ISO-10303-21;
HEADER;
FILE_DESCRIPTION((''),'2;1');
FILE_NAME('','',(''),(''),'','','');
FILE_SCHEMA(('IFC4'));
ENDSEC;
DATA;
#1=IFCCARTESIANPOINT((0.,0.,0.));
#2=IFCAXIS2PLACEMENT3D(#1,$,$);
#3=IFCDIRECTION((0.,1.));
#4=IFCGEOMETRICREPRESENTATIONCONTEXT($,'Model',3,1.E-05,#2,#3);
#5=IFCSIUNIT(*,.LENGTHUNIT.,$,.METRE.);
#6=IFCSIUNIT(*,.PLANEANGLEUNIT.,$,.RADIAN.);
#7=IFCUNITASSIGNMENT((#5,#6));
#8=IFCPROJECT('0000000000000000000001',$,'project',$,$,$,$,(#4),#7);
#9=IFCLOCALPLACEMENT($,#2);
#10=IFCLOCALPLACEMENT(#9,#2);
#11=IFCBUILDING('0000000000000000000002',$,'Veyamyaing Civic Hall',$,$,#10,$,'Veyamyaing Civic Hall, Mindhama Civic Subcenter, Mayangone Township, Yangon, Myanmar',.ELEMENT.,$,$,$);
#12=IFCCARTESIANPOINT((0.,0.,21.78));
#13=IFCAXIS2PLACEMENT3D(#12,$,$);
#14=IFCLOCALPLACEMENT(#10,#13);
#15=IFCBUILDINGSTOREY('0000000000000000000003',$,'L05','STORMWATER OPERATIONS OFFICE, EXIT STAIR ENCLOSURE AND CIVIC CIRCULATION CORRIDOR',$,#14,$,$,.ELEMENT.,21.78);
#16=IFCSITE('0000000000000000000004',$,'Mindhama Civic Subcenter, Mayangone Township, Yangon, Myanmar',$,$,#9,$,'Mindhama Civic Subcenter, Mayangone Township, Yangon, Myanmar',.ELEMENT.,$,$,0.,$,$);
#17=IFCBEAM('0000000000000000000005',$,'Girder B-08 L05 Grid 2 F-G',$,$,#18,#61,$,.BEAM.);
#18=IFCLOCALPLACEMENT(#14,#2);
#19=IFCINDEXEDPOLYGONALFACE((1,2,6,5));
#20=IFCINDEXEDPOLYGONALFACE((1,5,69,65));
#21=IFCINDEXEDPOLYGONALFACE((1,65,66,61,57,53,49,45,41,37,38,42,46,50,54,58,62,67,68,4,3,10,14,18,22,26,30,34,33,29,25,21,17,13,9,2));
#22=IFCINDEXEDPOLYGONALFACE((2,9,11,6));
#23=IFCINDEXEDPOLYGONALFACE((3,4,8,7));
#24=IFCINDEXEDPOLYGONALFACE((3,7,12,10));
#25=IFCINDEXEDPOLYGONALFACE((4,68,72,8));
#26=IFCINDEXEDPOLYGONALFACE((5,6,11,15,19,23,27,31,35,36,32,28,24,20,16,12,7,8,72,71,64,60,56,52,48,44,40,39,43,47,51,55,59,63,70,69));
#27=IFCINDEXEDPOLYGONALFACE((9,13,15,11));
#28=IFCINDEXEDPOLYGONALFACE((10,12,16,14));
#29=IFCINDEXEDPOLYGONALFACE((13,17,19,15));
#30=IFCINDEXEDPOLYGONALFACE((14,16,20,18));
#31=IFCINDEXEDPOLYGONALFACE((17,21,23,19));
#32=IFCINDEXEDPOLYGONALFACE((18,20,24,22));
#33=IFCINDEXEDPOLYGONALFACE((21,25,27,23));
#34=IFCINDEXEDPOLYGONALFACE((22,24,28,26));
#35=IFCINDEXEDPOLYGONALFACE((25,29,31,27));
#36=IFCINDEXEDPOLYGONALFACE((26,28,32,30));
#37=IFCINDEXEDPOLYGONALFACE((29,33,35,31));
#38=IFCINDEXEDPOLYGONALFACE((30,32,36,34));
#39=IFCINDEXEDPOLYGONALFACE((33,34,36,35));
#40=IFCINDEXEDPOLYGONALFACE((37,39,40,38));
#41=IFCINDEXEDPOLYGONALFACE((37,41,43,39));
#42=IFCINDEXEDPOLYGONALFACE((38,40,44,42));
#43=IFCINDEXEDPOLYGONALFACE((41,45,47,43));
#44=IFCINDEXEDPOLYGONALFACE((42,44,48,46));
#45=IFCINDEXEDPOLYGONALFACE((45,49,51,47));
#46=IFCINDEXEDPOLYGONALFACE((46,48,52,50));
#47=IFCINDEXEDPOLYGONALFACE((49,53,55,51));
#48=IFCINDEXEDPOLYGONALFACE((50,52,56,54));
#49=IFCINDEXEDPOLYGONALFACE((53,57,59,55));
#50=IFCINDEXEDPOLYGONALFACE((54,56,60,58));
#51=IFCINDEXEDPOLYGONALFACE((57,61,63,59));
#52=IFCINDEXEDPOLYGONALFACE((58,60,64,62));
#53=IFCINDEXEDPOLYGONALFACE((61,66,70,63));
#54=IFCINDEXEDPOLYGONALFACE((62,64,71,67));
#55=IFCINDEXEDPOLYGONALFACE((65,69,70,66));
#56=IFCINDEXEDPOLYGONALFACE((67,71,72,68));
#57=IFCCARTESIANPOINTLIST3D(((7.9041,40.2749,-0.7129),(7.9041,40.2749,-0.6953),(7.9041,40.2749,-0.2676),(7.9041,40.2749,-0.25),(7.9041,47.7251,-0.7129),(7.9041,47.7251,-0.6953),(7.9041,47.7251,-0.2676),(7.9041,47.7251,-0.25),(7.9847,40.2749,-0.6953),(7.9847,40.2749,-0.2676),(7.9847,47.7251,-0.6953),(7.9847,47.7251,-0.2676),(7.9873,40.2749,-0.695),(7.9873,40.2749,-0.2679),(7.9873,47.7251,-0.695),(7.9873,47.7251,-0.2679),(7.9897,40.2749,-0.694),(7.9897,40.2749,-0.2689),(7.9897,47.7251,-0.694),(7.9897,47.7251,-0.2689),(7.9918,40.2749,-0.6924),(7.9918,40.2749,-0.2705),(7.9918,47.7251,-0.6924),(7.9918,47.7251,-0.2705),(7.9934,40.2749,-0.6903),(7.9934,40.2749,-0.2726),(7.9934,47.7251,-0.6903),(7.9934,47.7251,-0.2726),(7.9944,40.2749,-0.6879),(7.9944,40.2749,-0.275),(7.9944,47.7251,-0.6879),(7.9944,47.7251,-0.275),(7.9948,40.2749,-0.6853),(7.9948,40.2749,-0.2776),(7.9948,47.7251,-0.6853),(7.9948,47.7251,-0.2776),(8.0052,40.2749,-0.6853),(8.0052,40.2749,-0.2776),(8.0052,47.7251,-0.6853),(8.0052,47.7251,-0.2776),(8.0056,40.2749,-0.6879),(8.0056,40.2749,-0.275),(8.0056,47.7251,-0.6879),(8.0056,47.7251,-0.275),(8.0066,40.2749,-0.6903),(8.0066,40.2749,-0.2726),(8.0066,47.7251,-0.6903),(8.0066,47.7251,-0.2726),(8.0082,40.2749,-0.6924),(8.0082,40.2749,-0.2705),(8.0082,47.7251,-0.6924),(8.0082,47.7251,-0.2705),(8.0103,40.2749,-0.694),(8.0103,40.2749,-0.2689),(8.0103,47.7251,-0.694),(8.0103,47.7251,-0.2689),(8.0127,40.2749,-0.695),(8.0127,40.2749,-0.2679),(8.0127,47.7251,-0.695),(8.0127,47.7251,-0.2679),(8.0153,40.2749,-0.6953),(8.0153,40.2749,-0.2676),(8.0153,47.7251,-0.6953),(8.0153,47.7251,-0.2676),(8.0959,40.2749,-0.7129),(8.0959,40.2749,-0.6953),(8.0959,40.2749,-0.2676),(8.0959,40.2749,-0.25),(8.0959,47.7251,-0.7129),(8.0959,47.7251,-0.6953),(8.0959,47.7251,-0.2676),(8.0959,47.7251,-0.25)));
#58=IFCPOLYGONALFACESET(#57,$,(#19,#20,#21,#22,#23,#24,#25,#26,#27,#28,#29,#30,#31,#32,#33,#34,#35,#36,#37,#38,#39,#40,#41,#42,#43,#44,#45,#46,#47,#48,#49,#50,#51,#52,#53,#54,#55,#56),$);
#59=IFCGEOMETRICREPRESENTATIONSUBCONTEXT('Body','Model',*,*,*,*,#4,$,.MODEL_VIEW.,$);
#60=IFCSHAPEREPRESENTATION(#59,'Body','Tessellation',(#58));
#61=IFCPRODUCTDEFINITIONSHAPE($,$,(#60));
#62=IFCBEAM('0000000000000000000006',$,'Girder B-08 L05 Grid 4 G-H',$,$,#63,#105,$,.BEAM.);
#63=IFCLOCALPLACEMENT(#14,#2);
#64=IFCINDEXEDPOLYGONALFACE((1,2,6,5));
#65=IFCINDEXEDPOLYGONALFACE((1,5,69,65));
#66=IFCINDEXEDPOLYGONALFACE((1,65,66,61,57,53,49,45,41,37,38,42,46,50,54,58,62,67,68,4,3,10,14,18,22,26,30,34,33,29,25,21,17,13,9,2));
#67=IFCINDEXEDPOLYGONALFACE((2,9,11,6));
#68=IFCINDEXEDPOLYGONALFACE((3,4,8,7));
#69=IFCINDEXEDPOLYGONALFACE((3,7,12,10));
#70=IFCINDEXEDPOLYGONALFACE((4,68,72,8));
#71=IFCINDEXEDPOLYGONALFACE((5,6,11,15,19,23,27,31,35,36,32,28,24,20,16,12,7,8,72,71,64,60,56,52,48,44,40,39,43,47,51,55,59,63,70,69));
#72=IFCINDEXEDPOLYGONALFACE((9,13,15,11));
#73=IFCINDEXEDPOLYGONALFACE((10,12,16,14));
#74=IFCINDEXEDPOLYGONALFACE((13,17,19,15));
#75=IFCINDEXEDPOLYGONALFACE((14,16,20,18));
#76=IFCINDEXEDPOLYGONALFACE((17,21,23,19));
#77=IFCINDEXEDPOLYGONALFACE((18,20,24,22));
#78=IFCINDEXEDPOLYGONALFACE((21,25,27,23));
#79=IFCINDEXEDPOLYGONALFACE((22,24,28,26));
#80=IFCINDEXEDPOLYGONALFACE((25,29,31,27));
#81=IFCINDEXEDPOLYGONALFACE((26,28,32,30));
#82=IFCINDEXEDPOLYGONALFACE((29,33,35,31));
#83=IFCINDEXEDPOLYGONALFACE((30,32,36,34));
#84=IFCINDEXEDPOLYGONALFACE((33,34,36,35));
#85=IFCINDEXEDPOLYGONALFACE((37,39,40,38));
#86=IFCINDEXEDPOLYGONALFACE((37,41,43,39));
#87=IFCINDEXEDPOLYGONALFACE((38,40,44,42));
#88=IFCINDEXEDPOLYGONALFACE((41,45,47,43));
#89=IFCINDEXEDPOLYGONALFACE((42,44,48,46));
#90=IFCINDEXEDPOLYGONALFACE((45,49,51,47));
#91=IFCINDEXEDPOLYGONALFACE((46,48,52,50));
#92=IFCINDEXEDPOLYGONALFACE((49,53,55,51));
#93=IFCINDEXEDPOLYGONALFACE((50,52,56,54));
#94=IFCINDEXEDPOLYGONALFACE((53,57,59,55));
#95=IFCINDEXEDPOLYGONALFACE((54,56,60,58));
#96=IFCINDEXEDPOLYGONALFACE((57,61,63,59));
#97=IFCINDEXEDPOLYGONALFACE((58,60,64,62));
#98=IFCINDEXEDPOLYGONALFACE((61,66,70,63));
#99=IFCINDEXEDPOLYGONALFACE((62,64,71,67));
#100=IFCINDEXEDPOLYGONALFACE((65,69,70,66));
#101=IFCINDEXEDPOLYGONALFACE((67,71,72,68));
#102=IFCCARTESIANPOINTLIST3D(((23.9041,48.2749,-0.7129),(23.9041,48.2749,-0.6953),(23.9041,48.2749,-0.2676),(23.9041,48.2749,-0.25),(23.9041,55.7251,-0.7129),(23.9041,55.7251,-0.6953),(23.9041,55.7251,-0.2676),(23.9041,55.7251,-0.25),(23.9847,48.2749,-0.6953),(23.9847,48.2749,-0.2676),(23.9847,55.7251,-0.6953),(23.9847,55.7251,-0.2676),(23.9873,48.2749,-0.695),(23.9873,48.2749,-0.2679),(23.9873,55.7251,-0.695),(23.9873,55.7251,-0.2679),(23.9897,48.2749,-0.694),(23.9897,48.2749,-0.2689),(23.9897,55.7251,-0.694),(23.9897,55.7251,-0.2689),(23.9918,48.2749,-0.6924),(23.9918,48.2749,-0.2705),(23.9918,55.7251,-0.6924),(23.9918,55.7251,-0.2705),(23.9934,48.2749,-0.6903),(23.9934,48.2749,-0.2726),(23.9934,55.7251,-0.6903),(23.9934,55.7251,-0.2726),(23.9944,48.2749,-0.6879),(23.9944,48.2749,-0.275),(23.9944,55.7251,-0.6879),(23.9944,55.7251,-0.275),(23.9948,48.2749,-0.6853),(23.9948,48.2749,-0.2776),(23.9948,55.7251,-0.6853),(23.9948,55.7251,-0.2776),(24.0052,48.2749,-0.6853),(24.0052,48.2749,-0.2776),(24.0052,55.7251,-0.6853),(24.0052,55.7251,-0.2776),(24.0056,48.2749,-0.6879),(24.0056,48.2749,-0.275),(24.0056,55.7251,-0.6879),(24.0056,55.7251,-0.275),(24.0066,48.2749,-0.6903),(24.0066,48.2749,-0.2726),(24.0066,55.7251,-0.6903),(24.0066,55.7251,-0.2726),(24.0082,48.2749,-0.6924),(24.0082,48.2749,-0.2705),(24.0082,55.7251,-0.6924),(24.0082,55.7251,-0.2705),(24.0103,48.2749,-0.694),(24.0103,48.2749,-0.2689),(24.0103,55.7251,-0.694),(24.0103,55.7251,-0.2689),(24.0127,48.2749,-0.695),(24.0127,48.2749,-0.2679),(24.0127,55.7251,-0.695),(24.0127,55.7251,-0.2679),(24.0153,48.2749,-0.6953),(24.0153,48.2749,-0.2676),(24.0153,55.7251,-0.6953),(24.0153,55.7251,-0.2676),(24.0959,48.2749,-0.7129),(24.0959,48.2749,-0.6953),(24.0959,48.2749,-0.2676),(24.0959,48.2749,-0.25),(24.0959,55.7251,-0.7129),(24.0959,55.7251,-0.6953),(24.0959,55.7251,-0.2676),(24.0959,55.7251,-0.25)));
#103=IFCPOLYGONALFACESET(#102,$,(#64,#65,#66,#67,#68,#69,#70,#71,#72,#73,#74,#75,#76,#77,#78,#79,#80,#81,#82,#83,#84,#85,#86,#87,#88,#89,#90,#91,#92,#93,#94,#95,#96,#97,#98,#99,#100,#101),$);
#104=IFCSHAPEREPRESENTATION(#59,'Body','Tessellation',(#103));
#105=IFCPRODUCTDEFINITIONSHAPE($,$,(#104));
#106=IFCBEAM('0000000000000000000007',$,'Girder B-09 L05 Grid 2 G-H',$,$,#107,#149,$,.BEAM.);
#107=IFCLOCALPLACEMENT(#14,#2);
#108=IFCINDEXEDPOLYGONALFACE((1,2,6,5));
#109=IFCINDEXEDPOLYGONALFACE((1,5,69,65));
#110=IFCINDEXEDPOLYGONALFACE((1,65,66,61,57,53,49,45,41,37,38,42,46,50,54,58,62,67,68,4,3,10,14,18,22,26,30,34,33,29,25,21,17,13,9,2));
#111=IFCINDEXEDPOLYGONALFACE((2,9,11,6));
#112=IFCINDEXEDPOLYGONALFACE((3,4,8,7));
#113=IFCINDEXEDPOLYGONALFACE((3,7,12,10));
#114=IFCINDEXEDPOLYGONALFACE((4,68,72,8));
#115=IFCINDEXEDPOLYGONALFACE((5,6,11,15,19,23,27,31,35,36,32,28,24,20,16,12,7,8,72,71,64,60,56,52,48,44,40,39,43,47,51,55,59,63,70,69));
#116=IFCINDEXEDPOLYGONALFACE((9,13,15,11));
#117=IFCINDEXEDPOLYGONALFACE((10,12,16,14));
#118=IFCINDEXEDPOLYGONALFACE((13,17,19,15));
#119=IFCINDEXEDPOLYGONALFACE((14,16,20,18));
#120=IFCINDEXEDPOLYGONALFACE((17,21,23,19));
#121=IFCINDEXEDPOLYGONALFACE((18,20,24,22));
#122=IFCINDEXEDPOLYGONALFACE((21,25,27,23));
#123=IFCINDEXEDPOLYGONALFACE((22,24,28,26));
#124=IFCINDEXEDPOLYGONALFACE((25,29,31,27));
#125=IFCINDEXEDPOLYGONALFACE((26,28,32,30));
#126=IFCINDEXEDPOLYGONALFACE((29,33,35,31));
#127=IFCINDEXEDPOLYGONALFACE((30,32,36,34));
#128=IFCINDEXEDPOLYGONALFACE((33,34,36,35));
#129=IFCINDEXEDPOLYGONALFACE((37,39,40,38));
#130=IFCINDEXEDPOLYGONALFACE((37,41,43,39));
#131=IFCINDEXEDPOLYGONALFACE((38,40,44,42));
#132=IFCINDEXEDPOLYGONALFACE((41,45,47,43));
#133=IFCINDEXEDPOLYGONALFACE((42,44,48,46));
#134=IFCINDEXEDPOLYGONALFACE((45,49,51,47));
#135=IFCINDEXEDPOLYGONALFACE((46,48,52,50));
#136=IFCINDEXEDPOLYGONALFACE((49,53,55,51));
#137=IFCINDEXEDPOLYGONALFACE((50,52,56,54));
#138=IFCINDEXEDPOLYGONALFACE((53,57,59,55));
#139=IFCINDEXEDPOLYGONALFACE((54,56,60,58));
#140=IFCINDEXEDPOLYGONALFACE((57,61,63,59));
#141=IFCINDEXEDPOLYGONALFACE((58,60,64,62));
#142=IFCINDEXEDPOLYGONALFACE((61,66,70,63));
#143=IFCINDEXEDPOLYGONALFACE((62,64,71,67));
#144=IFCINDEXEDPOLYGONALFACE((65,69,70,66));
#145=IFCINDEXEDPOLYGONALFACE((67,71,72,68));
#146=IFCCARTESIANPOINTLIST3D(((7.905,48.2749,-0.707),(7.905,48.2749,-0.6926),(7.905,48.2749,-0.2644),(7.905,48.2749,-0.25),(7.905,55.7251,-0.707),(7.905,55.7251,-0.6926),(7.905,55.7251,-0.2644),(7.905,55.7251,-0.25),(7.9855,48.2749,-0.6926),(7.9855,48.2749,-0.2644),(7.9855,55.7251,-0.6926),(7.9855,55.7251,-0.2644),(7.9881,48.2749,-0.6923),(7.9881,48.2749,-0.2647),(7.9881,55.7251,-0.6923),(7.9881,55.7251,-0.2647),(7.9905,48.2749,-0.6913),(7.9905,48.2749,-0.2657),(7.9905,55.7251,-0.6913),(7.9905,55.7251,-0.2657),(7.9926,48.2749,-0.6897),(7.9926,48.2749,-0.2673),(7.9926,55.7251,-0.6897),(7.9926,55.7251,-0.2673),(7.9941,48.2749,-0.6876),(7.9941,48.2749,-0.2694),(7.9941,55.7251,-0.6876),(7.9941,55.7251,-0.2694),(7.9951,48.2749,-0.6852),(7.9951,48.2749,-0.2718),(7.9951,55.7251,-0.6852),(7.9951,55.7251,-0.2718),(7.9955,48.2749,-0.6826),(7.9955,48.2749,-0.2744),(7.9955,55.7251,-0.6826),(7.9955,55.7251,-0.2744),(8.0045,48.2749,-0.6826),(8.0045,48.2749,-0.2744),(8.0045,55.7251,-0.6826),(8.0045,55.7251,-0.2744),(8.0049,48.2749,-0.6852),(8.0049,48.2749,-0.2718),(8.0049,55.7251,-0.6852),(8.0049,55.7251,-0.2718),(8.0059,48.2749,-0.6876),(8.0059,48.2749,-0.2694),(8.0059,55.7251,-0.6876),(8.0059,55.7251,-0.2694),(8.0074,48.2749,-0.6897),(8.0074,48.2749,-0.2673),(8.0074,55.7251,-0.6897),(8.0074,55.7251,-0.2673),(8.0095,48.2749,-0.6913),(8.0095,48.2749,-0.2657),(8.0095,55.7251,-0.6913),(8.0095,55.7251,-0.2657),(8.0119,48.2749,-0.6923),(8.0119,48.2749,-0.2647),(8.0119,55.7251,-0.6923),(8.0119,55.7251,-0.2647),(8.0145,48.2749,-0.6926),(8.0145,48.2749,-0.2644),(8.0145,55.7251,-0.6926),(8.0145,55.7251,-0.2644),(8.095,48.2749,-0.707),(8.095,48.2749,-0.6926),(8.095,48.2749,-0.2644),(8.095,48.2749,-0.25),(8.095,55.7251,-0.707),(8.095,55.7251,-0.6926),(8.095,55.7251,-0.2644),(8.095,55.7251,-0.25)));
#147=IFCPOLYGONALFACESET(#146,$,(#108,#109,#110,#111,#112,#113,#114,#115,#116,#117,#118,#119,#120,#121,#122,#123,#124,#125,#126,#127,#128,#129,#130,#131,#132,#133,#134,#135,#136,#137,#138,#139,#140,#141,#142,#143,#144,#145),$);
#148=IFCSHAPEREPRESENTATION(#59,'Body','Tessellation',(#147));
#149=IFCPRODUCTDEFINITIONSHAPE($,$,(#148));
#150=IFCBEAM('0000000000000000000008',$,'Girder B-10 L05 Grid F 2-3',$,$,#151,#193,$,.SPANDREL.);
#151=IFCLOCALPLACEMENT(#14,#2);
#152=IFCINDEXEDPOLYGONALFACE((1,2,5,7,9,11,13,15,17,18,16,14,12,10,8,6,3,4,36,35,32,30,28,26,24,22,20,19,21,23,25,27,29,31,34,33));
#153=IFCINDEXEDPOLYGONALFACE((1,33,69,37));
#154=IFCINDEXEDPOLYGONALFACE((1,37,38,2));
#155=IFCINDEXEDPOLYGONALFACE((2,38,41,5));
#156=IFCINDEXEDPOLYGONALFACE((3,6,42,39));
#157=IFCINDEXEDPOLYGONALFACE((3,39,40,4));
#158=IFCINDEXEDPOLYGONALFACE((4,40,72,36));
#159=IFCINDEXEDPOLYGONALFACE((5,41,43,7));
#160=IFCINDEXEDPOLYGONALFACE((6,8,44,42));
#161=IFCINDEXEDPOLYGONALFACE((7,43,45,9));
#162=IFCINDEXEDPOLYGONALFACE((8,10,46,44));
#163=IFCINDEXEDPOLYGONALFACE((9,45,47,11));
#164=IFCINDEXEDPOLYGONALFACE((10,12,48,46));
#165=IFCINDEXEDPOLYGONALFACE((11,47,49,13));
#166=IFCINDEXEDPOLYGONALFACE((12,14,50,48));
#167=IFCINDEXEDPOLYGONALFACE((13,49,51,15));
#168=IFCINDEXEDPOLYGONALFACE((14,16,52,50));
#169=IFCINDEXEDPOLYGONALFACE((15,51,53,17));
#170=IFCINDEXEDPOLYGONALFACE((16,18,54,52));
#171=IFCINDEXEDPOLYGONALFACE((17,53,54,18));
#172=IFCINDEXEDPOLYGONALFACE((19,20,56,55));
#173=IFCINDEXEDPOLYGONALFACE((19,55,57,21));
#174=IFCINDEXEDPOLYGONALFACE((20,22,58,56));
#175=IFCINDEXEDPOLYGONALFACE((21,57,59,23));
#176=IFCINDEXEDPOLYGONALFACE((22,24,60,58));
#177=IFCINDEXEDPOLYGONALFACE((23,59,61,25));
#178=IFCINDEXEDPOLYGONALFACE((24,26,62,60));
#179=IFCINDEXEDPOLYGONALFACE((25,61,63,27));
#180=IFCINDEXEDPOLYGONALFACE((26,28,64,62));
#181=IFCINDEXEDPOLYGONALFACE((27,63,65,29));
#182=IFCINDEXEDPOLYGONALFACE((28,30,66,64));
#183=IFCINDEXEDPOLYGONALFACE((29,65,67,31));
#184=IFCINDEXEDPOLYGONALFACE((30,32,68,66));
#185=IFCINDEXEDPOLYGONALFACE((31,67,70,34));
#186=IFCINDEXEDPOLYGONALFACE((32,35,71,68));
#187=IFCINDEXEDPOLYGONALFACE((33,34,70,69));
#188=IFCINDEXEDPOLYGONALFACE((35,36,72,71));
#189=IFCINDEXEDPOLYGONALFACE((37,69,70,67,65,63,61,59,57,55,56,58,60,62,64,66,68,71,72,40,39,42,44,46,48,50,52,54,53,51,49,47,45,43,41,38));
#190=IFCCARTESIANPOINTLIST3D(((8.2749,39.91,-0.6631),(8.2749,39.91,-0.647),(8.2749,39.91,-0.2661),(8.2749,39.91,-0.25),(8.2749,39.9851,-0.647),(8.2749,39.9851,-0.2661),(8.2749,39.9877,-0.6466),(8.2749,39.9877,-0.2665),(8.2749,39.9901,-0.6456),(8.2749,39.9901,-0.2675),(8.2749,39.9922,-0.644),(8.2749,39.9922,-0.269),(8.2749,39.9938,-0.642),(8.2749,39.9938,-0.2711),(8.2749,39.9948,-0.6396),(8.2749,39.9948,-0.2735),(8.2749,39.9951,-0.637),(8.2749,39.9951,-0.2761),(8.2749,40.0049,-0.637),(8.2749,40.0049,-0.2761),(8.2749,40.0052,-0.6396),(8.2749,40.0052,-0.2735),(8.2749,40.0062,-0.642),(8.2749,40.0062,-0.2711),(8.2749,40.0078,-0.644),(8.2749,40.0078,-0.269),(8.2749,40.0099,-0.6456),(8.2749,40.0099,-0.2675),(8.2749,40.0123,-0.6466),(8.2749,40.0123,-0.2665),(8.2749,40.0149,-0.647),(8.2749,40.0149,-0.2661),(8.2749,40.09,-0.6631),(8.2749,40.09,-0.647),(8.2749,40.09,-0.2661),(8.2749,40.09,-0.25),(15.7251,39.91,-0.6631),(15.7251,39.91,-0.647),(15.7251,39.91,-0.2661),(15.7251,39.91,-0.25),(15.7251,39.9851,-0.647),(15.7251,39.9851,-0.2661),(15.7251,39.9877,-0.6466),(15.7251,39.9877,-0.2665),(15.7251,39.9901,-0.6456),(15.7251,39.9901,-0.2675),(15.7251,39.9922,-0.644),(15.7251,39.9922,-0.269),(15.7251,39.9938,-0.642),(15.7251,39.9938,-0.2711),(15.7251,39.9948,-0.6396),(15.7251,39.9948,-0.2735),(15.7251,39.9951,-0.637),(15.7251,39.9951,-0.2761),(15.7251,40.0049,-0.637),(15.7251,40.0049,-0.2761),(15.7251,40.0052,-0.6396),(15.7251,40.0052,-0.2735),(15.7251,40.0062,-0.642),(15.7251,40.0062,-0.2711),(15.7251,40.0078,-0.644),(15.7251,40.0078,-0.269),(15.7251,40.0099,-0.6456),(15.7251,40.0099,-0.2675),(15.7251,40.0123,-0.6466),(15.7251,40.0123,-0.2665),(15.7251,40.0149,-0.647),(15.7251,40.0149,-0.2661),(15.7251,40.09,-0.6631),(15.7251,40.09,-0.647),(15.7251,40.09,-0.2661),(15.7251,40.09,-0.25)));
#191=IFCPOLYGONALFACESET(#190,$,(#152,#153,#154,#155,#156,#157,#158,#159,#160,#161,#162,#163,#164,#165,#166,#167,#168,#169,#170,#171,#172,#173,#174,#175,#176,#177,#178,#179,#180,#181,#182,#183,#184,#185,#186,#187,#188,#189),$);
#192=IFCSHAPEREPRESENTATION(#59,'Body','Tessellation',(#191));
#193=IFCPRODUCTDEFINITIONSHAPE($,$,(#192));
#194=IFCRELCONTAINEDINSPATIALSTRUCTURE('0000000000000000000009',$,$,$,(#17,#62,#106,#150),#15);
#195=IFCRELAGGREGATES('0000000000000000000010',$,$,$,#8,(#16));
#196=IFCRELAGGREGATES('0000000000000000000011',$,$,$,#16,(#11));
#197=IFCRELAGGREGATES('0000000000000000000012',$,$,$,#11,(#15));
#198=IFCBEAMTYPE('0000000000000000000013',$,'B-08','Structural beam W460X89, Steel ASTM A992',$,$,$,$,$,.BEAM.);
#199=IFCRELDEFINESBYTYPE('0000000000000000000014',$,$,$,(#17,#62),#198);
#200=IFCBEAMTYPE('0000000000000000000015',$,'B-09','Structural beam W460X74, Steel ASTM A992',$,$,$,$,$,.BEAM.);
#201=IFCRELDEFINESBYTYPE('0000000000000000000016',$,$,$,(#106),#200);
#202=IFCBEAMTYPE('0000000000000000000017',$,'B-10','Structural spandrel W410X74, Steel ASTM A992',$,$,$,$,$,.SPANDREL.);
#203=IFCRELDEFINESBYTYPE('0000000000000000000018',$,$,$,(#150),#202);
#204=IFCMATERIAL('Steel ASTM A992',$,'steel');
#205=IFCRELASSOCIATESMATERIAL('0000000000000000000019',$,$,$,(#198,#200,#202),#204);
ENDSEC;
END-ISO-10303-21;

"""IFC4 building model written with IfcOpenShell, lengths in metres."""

from ifc_helpers import new_model, si_unit, direction, frame, origin, origin_2d, place, context, subcontext, project, spatial, i_section, extrude, material, material_profile, profile_set, type_object, element, save


model = new_model("IFC4")

# Units and contexts
model_context = context("Model", 3, precision=1e-05, world=origin(), true_north=direction((0.0, 1.0)))
body_context = subcontext(model_context, "Body", "Model", "MODEL_VIEW")
ifc_project = project(units=[si_unit("LENGTHUNIT", "METRE"), si_unit("PLANEANGLEUNIT", "RADIAN")], contexts=[model_context])

# Site, building, storey
site_placement = place(None, origin())
site = spatial("IfcSite", under=ifc_project, at=site_placement, Name="Mindhama Civic Subcenter, Mayangone Township, Yangon, Myanmar", LongName="Mindhama Civic Subcenter, Mayangone Township, Yangon, Myanmar", CompositionType="ELEMENT", RefElevation=0.0)
building_placement = place(site_placement, origin())
building = spatial("IfcBuilding", under=site, at=building_placement, Name="Veyamyaing Civic Hall", LongName="Veyamyaing Civic Hall, Mindhama Civic Subcenter, Mayangone Township, Yangon, Myanmar", CompositionType="ELEMENT")
storey_placement = place(building_placement, frame((0.0, 0.0, 21.78)))
storey = spatial("IfcBuildingStorey", under=building, at=storey_placement, Name="L05", Description="STORMWATER OPERATIONS OFFICE, EXIT STAIR ENCLOSURE AND CIVIC CIRCULATION CORRIDOR", CompositionType="ELEMENT", Elevation=21.78)

# Beams
ifc_material_1 = material(Name="Steel ASTM A992", Category="steel")
ifc_material_profile_1 = material_profile(ifc_material_1, i_section(OverallWidth=0.1919, OverallDepth=0.4629, WebThickness=0.0105, FlangeThickness=0.0176, FilletRadius=0.01, at=origin_2d()), Name="W460X89")
ifc_profile_set_1 = profile_set([ifc_material_profile_1], Name="Steel ASTM A992")
beam_type_1 = type_object("IfcBeamType", Name="B-08", Description="Structural beam W460X89, Steel ASTM A992", PredefinedType="BEAM", material=ifc_profile_set_1)
for number, where, z_axis, x_axis, name in (
    (1, (8.0, 40.2749, -0.4814), (0.0, 1.0, 0.0), (-1.0, 0.0, 0.0), "Girder B-08 L05 Grid 2 F-G"),
    (2, (24.0, 48.2749, -0.4814), (0.0, 1.0, 0.0), (-1.0, 0.0, 0.0), "Girder B-08 L05 Grid 4 G-H"),
):
    element("IfcBeam", number, at=place(storey_placement, frame(where, z_axis=z_axis, x_axis=x_axis)), inside=storey, type_object=beam_type_1, Name=name, PredefinedType="BEAM", context=body_context, shape_type="SweptSolid", body=[
        extrude(i_section(OverallWidth=0.1919, OverallDepth=0.4629, WebThickness=0.0105, FlangeThickness=0.0176, FilletRadius=0.01, at=origin_2d()), origin(), (0.0, 0.0, 1.0), 7.4502),
    ])
ifc_material_profile_2 = material_profile(ifc_material_1, i_section(OverallWidth=0.1899, OverallDepth=0.457, WebThickness=0.009, FlangeThickness=0.0144, FilletRadius=0.01, at=origin_2d()), Name="W460X74")
ifc_profile_set_2 = profile_set([ifc_material_profile_2], Name="Steel ASTM A992")
beam_type_2 = type_object("IfcBeamType", Name="B-09", Description="Structural beam W460X74, Steel ASTM A992", PredefinedType="BEAM", material=ifc_profile_set_2)
beam_1_placement = place(storey_placement, frame((8.0, 48.2749, -0.4785), z_axis=(0.0, 1.0, 0.0), x_axis=(-1.0, 0.0, 0.0)))
element("IfcBeam", 3, at=beam_1_placement, inside=storey, type_object=beam_type_2, Name="Girder B-09 L05 Grid 2 G-H", PredefinedType="BEAM", context=body_context, shape_type="SweptSolid", body=[
    extrude(i_section(OverallWidth=0.1899, OverallDepth=0.457, WebThickness=0.009, FlangeThickness=0.0144, FilletRadius=0.01, at=origin_2d()), origin(), (0.0, 0.0, 1.0), 7.4502),
])
ifc_material_profile_3 = material_profile(ifc_material_1, i_section(OverallWidth=0.1799, OverallDepth=0.4131, WebThickness=0.0098, FlangeThickness=0.0161, FilletRadius=0.01, at=origin_2d()), Name="W410X74")
ifc_profile_set_3 = profile_set([ifc_material_profile_3], Name="Steel ASTM A992")
beam_type_3 = type_object("IfcBeamType", Name="B-10", Description="Structural spandrel W410X74, Steel ASTM A992", PredefinedType="SPANDREL", material=ifc_profile_set_3)
for number, where, z_axis, x_axis, name in (
    (4, (8.2749, 40.0, -0.4565), (1.0, 0.0, 0.0), (0.0, 1.0, 0.0), "Girder B-10 L05 Grid F 2-3"),
):
    element("IfcBeam", number, at=place(storey_placement, frame(where, z_axis=z_axis, x_axis=x_axis)), inside=storey, type_object=beam_type_3, Name=name, PredefinedType="SPANDREL", context=body_context, shape_type="SweptSolid", body=[
        extrude(i_section(OverallWidth=0.1799, OverallDepth=0.4131, WebThickness=0.0098, FlangeThickness=0.0161, FilletRadius=0.01, at=origin_2d()), origin(), (0.0, 0.0, 1.0), 7.4502),
    ])

save(model, "model.ifc")
